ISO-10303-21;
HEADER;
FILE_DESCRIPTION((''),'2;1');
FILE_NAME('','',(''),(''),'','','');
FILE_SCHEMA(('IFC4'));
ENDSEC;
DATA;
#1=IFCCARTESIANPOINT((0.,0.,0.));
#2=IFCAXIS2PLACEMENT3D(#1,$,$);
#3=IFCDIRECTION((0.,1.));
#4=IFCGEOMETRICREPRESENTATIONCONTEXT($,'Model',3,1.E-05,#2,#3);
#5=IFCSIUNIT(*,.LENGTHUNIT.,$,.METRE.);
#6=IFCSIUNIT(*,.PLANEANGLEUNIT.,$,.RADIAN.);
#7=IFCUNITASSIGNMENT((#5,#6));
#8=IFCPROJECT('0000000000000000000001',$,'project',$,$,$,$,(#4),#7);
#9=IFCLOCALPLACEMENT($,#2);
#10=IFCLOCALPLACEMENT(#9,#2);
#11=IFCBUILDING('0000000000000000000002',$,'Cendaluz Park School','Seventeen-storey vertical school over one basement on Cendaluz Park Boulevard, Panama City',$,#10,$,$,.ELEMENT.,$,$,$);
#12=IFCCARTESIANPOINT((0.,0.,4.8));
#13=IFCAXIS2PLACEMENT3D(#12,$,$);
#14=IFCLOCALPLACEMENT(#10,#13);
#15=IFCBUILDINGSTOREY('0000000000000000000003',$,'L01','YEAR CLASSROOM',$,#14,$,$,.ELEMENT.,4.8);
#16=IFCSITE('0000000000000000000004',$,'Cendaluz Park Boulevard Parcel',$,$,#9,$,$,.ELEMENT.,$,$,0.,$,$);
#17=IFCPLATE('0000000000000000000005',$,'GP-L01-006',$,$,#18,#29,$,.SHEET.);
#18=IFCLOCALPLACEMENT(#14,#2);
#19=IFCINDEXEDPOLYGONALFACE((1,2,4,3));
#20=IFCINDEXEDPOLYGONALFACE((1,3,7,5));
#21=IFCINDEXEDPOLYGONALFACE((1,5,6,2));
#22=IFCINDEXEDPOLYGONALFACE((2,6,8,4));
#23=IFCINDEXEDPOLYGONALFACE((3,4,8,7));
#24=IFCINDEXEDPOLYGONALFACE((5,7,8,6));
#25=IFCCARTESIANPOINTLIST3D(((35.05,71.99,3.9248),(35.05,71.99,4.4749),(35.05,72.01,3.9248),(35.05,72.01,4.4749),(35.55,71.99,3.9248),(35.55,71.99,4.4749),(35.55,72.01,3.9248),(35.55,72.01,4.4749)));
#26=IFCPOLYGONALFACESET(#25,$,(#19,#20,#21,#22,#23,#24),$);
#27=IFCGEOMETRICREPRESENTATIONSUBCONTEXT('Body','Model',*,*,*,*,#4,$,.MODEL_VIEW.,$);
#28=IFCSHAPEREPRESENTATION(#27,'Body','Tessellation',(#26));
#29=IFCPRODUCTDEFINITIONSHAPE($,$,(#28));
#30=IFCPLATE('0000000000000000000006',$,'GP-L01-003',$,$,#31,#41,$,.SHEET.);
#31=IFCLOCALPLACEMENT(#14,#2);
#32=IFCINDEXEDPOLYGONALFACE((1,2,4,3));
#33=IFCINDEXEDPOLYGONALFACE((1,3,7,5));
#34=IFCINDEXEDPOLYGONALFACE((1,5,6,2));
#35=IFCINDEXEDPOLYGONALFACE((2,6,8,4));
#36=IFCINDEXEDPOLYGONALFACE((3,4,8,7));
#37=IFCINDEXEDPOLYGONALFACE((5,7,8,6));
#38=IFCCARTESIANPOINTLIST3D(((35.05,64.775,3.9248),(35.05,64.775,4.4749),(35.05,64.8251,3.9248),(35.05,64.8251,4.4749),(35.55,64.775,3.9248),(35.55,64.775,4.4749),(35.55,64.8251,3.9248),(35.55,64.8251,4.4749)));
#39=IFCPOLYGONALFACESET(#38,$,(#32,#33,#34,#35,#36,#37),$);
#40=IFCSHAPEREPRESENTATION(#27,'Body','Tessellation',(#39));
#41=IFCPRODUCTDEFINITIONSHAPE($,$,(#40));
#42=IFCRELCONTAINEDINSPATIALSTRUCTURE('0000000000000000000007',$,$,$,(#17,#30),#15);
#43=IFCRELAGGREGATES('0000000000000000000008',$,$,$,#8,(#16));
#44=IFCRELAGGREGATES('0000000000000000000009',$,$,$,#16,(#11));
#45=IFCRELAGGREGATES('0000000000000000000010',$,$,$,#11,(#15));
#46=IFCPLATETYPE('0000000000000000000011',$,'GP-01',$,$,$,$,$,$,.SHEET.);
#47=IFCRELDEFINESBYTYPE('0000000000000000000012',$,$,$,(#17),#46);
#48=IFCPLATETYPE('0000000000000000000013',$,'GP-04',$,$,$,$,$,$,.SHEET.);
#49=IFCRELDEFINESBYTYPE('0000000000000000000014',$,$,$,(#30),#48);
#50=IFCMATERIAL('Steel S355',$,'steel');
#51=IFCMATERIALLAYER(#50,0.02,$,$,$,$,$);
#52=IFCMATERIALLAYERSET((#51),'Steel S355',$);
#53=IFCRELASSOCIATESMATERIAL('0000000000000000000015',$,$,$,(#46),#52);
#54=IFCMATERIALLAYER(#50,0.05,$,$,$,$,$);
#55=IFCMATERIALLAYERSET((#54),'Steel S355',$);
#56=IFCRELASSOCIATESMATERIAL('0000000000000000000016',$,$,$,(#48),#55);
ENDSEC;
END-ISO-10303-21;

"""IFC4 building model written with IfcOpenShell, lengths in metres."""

from ifc_helpers import new_model, si_unit, direction, frame, origin, origin_2d, place, context, subcontext, project, spatial, rectangle, extrude, material, layer, layer_set, type_object, element, save


model = new_model("IFC4")

# Units and contexts
model_context = context("Model", 3, precision=1e-05, world=origin(), true_north=direction((0.0, 1.0)))
body_context = subcontext(model_context, "Body", "Model", "MODEL_VIEW")
ifc_project = project(units=[si_unit("LENGTHUNIT", "METRE"), si_unit("PLANEANGLEUNIT", "RADIAN")], contexts=[model_context])

# Site, building, storey
site_placement = place(None, origin())
site = spatial("IfcSite", under=ifc_project, at=site_placement, Name="Cendaluz Park Boulevard Parcel", CompositionType="ELEMENT", RefElevation=0.0)
building_placement = place(site_placement, origin())
building = spatial("IfcBuilding", under=site, at=building_placement, Name="Cendaluz Park School", Description="Seventeen-storey vertical school over one basement on Cendaluz Park Boulevard, Panama City", CompositionType="ELEMENT")
storey_placement = place(building_placement, frame((0.0, 0.0, 4.8)))
storey = spatial("IfcBuildingStorey", under=building, at=storey_placement, Name="L01", Description="YEAR CLASSROOM", CompositionType="ELEMENT", Elevation=4.8)

# Shared definitions
ifc_material_1 = material(Name="Steel S355", Category="steel")

# Plates
ifc_layer_1 = layer(ifc_material_1, 0.02)
ifc_layer_set_1 = layer_set([ifc_layer_1], Name="Steel S355")
plate_type_1 = type_object("IfcPlateType", Name="GP-01", PredefinedType="SHEET", material=ifc_layer_set_1)
plate_1_placement = place(storey_placement, frame((35.3, 72.0, 3.9248), z_axis=(0.0, 0.0, 1.0), x_axis=(1.0, 0.0, 0.0)))
element("IfcPlate", 1, at=plate_1_placement, inside=storey, type_object=plate_type_1, Name="GP-L01-006", PredefinedType="SHEET", context=body_context, shape_type="SweptSolid", body=[
    extrude(rectangle(XDim=0.5, YDim=0.02, at=origin_2d()), origin(), (0.0, 0.0, 1.0), 0.55),
])
ifc_layer_2 = layer(ifc_material_1, 0.05)
ifc_layer_set_2 = layer_set([ifc_layer_2], Name="Steel S355")
plate_type_2 = type_object("IfcPlateType", Name="GP-04", PredefinedType="SHEET", material=ifc_layer_set_2)
plate_2_placement = place(storey_placement, frame((35.3, 64.8, 3.9248), z_axis=(0.0, 0.0, 1.0), x_axis=(1.0, 0.0, 0.0)))
element("IfcPlate", 2, at=plate_2_placement, inside=storey, type_object=plate_type_2, Name="GP-L01-003", PredefinedType="SHEET", context=body_context, shape_type="SweptSolid", body=[
    extrude(rectangle(XDim=0.5, YDim=0.05, at=origin_2d()), origin(), (0.0, 0.0, 1.0), 0.55),
])

save(model, "model.ifc")
